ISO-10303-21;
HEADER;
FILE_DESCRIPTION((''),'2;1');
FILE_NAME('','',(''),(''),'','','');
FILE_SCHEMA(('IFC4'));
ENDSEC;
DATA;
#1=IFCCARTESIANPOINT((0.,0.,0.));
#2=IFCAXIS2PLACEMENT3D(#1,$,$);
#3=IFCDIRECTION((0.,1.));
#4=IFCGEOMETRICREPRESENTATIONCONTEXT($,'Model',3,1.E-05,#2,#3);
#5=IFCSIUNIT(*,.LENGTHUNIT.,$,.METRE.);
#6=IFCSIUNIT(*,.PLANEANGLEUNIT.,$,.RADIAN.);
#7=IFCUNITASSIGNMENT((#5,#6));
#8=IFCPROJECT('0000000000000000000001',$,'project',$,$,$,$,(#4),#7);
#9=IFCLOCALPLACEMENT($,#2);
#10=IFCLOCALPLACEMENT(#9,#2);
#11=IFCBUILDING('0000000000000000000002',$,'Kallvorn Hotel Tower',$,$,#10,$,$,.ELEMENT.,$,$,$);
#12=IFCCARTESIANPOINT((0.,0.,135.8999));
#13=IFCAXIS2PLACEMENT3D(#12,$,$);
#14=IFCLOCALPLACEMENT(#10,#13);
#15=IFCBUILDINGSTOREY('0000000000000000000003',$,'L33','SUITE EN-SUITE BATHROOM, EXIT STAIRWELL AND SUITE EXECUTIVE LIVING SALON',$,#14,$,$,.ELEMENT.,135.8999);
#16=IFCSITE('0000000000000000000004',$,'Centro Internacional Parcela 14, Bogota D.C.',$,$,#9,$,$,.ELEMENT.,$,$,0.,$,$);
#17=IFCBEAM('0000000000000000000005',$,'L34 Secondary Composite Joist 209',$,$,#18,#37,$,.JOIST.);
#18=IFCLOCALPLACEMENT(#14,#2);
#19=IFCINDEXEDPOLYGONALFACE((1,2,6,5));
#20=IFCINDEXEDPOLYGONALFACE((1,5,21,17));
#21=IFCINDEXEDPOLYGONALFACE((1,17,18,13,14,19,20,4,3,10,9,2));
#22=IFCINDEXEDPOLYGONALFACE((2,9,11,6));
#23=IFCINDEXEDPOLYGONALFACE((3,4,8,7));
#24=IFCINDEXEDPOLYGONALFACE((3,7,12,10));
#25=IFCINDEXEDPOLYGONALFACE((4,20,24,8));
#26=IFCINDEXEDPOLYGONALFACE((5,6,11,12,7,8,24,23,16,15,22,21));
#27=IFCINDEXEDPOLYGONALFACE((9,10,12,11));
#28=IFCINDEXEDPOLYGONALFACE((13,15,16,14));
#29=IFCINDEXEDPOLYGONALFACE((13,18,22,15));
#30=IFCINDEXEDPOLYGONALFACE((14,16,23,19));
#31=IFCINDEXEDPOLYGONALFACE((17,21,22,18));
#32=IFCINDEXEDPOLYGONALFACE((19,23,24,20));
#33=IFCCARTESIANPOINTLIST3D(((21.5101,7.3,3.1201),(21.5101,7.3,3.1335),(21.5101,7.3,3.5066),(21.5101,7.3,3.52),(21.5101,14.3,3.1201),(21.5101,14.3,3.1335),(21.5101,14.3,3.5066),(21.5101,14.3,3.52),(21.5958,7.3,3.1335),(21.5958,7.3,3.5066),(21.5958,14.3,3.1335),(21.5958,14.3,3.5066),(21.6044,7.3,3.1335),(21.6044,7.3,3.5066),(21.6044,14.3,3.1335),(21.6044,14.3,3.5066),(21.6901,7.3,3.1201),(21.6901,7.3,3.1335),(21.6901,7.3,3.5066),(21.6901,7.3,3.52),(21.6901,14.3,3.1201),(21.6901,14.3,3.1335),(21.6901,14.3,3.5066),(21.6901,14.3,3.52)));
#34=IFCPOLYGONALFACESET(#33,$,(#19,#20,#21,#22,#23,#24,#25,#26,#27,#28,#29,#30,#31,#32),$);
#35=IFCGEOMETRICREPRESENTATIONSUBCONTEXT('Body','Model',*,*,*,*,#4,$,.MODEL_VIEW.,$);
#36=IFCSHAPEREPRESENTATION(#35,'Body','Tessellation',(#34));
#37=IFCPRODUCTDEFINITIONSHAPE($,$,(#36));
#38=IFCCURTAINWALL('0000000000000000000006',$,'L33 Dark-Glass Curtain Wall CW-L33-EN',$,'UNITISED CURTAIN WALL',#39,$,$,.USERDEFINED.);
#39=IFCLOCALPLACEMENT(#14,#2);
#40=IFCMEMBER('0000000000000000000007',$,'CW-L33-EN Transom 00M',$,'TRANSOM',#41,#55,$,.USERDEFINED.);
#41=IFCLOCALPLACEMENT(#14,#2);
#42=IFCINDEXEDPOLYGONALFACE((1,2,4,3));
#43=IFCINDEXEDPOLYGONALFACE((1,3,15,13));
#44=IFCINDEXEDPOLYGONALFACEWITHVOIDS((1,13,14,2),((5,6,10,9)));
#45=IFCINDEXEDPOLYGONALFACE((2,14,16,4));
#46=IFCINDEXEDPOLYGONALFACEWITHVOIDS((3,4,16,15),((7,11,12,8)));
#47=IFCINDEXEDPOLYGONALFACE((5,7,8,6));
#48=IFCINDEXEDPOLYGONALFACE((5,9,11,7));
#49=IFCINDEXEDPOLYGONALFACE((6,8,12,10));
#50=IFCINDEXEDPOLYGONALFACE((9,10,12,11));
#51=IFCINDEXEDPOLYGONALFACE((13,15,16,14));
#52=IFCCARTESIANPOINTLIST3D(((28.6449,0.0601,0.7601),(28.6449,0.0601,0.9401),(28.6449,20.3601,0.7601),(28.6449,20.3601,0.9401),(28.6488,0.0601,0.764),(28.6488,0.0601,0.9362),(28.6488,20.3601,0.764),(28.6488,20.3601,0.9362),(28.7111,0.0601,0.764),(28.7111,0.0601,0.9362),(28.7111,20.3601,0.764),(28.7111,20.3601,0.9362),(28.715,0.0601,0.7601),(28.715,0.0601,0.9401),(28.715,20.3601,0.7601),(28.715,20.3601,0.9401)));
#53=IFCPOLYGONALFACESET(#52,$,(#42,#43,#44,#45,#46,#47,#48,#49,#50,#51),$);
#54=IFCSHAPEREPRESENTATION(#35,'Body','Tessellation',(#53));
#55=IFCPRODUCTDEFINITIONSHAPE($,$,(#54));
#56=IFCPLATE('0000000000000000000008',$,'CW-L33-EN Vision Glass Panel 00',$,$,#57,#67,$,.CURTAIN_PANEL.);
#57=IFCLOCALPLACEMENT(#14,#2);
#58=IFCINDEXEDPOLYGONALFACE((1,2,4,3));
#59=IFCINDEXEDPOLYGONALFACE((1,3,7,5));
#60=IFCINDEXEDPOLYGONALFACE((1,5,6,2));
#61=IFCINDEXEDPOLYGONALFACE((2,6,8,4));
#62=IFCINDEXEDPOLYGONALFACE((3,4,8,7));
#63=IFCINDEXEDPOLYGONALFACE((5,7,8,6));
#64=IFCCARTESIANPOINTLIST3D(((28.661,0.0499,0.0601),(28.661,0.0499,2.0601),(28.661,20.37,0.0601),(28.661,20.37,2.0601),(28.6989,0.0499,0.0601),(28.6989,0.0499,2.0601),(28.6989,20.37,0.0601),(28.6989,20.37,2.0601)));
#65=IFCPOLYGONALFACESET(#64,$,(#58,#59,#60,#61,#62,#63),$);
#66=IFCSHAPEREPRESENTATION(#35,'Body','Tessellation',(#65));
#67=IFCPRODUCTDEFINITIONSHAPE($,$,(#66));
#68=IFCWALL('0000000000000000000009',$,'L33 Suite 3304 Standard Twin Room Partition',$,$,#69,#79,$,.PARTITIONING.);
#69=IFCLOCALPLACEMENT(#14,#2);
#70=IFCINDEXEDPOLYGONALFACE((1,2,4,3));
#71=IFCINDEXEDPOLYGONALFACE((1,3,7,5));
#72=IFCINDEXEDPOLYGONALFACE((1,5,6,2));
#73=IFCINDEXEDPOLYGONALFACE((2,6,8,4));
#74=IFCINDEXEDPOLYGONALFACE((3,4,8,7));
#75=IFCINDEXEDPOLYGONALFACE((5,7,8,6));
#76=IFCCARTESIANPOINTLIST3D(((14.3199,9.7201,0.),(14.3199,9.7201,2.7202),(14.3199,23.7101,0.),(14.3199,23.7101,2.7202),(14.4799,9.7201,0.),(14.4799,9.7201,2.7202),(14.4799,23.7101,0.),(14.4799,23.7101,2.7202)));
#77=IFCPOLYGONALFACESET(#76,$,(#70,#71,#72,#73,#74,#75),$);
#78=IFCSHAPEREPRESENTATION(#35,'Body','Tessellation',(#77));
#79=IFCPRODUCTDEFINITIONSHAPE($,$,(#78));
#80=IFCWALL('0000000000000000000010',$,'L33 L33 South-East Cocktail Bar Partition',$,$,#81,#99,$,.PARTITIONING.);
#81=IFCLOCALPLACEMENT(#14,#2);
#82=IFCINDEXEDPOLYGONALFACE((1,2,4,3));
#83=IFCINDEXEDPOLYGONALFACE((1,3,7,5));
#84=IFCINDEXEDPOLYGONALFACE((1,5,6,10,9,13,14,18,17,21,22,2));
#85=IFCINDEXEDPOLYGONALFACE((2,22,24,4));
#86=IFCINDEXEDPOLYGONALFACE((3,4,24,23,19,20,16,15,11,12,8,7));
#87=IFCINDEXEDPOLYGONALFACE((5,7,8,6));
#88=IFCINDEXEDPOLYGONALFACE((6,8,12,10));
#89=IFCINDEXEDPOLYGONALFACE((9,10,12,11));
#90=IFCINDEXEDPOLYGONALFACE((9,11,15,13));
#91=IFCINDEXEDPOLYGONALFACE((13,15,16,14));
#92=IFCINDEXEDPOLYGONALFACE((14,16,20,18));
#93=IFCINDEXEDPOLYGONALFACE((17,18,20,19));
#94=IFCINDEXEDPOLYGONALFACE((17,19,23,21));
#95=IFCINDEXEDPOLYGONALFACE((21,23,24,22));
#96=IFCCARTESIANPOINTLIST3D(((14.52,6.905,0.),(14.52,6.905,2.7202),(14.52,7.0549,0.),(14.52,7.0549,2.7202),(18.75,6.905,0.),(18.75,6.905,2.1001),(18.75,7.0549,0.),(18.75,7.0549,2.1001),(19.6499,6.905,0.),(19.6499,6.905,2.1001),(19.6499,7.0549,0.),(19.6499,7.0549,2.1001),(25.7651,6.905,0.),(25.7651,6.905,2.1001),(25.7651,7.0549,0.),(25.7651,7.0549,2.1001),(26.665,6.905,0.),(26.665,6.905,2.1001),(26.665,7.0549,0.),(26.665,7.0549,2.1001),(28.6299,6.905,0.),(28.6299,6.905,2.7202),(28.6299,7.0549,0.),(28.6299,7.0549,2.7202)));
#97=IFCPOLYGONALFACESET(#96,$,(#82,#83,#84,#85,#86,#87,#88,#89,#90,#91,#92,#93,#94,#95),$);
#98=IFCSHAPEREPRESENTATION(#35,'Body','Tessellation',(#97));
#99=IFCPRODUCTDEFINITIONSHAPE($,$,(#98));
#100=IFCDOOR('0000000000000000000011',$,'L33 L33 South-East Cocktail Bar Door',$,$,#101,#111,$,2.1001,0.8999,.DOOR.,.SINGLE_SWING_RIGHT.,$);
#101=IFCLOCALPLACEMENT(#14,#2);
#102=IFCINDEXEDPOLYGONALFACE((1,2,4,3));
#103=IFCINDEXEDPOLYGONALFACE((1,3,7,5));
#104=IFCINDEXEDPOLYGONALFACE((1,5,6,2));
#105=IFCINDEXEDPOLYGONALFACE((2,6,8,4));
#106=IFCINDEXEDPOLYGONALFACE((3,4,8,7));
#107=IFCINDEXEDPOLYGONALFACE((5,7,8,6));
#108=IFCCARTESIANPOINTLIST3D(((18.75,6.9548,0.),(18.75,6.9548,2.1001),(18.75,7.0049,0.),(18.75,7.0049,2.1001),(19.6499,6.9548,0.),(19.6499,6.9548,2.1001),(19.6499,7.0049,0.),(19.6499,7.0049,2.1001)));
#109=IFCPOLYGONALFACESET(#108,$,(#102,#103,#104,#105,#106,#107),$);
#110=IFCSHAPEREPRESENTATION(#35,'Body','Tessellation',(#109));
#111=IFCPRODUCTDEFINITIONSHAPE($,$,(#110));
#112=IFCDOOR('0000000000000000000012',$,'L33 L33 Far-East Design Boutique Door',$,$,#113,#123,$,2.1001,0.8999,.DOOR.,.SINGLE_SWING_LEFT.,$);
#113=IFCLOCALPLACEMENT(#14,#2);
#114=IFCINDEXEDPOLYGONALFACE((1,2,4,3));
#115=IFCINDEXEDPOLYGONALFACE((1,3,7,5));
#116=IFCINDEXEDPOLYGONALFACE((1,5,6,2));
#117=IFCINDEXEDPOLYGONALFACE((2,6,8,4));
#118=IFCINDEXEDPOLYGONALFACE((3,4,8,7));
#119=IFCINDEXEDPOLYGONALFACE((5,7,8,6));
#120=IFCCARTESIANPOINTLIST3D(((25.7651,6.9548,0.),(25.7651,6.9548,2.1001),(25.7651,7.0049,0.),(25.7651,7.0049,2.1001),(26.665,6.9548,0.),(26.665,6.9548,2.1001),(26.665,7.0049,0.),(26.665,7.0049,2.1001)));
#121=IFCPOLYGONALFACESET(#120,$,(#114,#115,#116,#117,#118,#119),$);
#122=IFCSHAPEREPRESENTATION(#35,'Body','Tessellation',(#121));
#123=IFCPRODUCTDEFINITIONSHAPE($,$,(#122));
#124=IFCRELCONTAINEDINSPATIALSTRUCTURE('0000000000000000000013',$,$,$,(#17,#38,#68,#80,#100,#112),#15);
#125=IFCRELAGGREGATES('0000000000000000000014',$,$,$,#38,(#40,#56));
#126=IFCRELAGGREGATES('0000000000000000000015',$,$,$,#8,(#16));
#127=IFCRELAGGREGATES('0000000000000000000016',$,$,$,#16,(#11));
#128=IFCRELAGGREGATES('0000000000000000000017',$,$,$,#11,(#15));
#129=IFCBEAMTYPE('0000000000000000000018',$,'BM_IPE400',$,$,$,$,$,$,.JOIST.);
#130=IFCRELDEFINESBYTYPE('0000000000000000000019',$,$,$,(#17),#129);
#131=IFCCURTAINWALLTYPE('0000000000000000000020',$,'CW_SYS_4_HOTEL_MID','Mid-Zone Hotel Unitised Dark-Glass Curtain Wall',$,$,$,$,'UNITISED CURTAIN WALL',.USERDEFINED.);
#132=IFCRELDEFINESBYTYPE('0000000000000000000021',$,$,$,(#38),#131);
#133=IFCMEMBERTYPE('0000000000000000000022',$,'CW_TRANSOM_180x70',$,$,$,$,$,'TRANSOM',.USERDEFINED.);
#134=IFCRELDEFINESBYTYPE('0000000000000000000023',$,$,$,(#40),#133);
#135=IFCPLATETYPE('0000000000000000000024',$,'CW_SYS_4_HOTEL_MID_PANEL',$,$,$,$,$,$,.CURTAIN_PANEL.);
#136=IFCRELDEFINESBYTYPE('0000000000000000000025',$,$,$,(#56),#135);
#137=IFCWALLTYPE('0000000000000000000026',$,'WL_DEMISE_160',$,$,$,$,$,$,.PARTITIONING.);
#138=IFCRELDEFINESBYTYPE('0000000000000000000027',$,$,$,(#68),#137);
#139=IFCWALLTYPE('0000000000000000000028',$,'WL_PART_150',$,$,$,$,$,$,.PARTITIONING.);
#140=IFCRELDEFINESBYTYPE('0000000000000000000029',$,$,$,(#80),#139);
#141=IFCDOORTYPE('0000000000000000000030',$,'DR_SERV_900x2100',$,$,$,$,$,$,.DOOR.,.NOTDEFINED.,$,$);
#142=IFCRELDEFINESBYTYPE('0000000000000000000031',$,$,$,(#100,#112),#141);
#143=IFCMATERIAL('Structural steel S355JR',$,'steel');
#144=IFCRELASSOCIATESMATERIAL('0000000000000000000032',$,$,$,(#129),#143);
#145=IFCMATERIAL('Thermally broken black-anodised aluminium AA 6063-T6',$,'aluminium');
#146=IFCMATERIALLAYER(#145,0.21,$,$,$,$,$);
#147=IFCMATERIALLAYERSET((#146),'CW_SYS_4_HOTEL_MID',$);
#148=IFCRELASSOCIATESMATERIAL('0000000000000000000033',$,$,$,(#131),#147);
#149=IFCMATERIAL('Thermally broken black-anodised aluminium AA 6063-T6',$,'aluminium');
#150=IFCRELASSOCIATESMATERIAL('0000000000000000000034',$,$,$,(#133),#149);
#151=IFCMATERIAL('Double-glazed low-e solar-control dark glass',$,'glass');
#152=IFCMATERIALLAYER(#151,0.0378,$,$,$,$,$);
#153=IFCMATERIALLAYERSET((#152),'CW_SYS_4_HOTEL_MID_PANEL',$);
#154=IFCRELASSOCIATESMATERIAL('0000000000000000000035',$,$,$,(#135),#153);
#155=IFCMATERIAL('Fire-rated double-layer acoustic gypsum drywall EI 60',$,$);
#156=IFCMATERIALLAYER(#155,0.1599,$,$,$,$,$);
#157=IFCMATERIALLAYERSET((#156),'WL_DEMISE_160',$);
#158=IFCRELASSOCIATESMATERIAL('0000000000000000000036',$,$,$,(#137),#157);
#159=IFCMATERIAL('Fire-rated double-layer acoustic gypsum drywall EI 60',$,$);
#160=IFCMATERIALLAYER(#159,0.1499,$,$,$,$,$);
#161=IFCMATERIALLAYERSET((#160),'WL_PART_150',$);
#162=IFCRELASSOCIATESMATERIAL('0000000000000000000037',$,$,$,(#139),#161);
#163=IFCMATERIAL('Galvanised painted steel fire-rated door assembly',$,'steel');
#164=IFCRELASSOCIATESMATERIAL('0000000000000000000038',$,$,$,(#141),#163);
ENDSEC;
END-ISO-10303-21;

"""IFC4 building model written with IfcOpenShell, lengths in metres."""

from ifc_helpers import new_model, si_unit, direction, frame, frame_2d, origin, origin_2d, place, context, subcontext, project, spatial, rectangle, hollow_rectangle, i_section, extrude, material, layer, layer_set, material_profile, profile_set, type_object, element, fill, aggregate, save


model = new_model("IFC4")

# Units and contexts
model_context = context("Model", 3, precision=1e-05, world=origin(), true_north=direction((0.0, 1.0)))
body_context = subcontext(model_context, "Body", "Model", "MODEL_VIEW")
ifc_project = project(units=[si_unit("LENGTHUNIT", "METRE"), si_unit("PLANEANGLEUNIT", "RADIAN")], contexts=[model_context])

# Site, building, storey
site_placement = place(None, origin())
site = spatial("IfcSite", under=ifc_project, at=site_placement, Name="Centro Internacional Parcela 14, Bogota D.C.", CompositionType="ELEMENT", RefElevation=0.0)
building_placement = place(site_placement, origin())
building = spatial("IfcBuilding", under=site, at=building_placement, Name="Kallvorn Hotel Tower", CompositionType="ELEMENT")
storey_placement = place(building_placement, frame((0.0, 0.0, 135.8999)))
storey = spatial("IfcBuildingStorey", under=building, at=storey_placement, Name="L33", Description="SUITE EN-SUITE BATHROOM, EXIT STAIRWELL AND SUITE EXECUTIVE LIVING SALON", CompositionType="ELEMENT", Elevation=135.8999)

# Beam
ifc_material_1 = material(Name="Structural steel S355JR", Category="steel")
ifc_material_profile_1 = material_profile(ifc_material_1, i_section(OverallWidth=0.1799, OverallDepth=0.3999, WebThickness=0.0085, FlangeThickness=0.0134, at=origin_2d()), Name="IPE 400")
ifc_profile_set_1 = profile_set([ifc_material_profile_1], Name="Structural steel S355JR")
beam_type_1 = type_object("IfcBeamType", Name="BM_IPE400", PredefinedType="JOIST", material=ifc_profile_set_1)
for number, where, z_axis, x_axis, name in (
    (1, (21.6001, 7.3, 3.3201), (0.0, 1.0, 0.0), (-1.0, 0.0, 0.0), "L34 Secondary Composite Joist 209"),
):
    element("IfcBeam", number, at=place(storey_placement, frame(where, z_axis=z_axis, x_axis=x_axis)), inside=storey, type_object=beam_type_1, Name=name, PredefinedType="JOIST", context=body_context, shape_type="SweptSolid", body=[
        extrude(i_section(OverallWidth=0.1799, OverallDepth=0.3999, WebThickness=0.0085, FlangeThickness=0.0134, at=origin_2d()), origin(), (0.0, 0.0, 1.0), 7.0),
    ])

# Curtain wall, member, plate
ifc_material_2 = material(Name="Thermally broken black-anodised aluminium AA 6063-T6", Category="aluminium")
ifc_layer_1 = layer(ifc_material_2, 0.21)
ifc_layer_set_1 = layer_set([ifc_layer_1], Name="CW_SYS_4_HOTEL_MID")
curtain_wall_type = type_object("IfcCurtainWallType", Name="CW_SYS_4_HOTEL_MID", Description="Mid-Zone Hotel Unitised Dark-Glass Curtain Wall", ElementType="UNITISED CURTAIN WALL", PredefinedType="USERDEFINED", material=ifc_layer_set_1)
curtain_wall_placement = place(storey_placement, origin())
curtain_wall = element("IfcCurtainWall", 2, at=curtain_wall_placement, inside=storey, type_object=curtain_wall_type, Name="L33 Dark-Glass Curtain Wall CW-L33-EN", ObjectType="UNITISED CURTAIN WALL", PredefinedType="USERDEFINED")
ifc_material_3 = material(Name="Thermally broken black-anodised aluminium AA 6063-T6", Category="aluminium")
ifc_material_profile_2 = material_profile(ifc_material_3, hollow_rectangle(XDim=0.0701, YDim=0.1799, WallThickness=0.0039, at=origin_2d()), Name="TRN 180x70")
ifc_profile_set_2 = profile_set([ifc_material_profile_2], Name="Thermally broken black-anodised aluminium AA 6063-T6")
member_type = type_object("IfcMemberType", Name="CW_TRANSOM_180x70", ElementType="TRANSOM", PredefinedType="USERDEFINED", material=ifc_profile_set_2)
member_placement = place(storey_placement, frame((28.6799, 0.0601, 0.8501), z_axis=(0.0, 1.0, 0.0), x_axis=(-1.0, 0.0, 0.0)))
member = element("IfcMember", 3, at=member_placement, type_object=member_type, Name="CW-L33-EN Transom 00M", ObjectType="TRANSOM", PredefinedType="USERDEFINED", context=body_context, shape_type="SweptSolid", body=[
    extrude(hollow_rectangle(XDim=0.0701, YDim=0.1799, WallThickness=0.0039, at=origin_2d()), origin(), (0.0, 0.0, 1.0), 20.3),
])
ifc_material_4 = material(Name="Double-glazed low-e solar-control dark glass", Category="glass")
ifc_layer_2 = layer(ifc_material_4, 0.0378)
ifc_layer_set_2 = layer_set([ifc_layer_2], Name="CW_SYS_4_HOTEL_MID_PANEL")
plate_type = type_object("IfcPlateType", Name="CW_SYS_4_HOTEL_MID_PANEL", PredefinedType="CURTAIN_PANEL", material=ifc_layer_set_2)
plate_placement = place(storey_placement, frame((28.6799, 10.21, 0.0601), z_axis=(0.0, 0.0, 1.0), x_axis=(0.0, 1.0, 0.0)))
plate = element("IfcPlate", 4, at=plate_placement, type_object=plate_type, Name="CW-L33-EN Vision Glass Panel 00", PredefinedType="CURTAIN_PANEL", context=body_context, shape_type="SweptSolid", body=[
    extrude(rectangle(XDim=20.3201, YDim=0.0378, at=origin_2d()), origin(), (0.0, 0.0, 1.0), 2.0),
])
aggregate(curtain_wall, [member, plate])

# Wall
ifc_material_5 = material(Name="Fire-rated double-layer acoustic gypsum drywall EI 60")
ifc_layer_3 = layer(ifc_material_5, 0.1599)
ifc_layer_set_3 = layer_set([ifc_layer_3], Name="WL_DEMISE_160")
wall_type_1 = type_object("IfcWallType", Name="WL_DEMISE_160", PredefinedType="PARTITIONING", material=ifc_layer_set_3)
wall_1_placement = place(storey_placement, frame((14.3999, 9.72, 0.0), z_axis=(0.0, 0.0, 1.0), x_axis=(0.0, 1.0, 0.0)))
element("IfcWall", 5, at=wall_1_placement, inside=storey, type_object=wall_type_1, Name="L33 Suite 3304 Standard Twin Room Partition", PredefinedType="PARTITIONING", context=body_context, shape_type="SweptSolid", body=[
    extrude(rectangle(XDim=13.99, YDim=0.1599, at=frame_2d((6.9951, 0.0))), origin(), (0.0, 0.0, 1.0), 2.7202),
])

# Wall, openings, doors
ifc_material_6 = material(Name="Fire-rated double-layer acoustic gypsum drywall EI 60")
ifc_layer_4 = layer(ifc_material_6, 0.1499)
ifc_layer_set_4 = layer_set([ifc_layer_4], Name="WL_PART_150")
wall_type_2 = type_object("IfcWallType", Name="WL_PART_150", PredefinedType="PARTITIONING", material=ifc_layer_set_4)
wall_2_placement = place(storey_placement, frame((14.52, 6.98, 0.0), z_axis=(0.0, 0.0, 1.0), x_axis=(1.0, 0.0, 0.0)))
wall_2 = element("IfcWall", 6, at=wall_2_placement, inside=storey, type_object=wall_type_2, Name="L33 L33 South-East Cocktail Bar Partition", PredefinedType="PARTITIONING", context=body_context, shape_type="SweptSolid", body=[
    extrude(rectangle(XDim=14.1099, YDim=0.1499, at=frame_2d((7.0549, 0.0))), origin(), (0.0, 0.0, 1.0), 2.7202),
])
opening_1_placement = place(wall_2_placement, frame((4.23, 0.0, 0.0)))
opening_1 = element("IfcOpeningElement", 7, at=opening_1_placement, cuts=wall_2, PredefinedType="OPENING", context=body_context, shape_type="SweptSolid", body=[
    extrude(rectangle(XDim=0.8999, YDim=2.1001, at=frame_2d((0.45, 1.05))), frame((0.0, 0.0898, 0.0), z_axis=(0.0, -1.0, 0.0), x_axis=(1.0, 0.0, 0.0)), (0.0, 0.0, 1.0), 0.1799),
])
opening_2_placement = place(wall_2_placement, frame((11.2451, 0.0, 0.0)))
opening_2 = element("IfcOpeningElement", 8, at=opening_2_placement, cuts=wall_2, PredefinedType="OPENING", context=body_context, shape_type="SweptSolid", body=[
    extrude(rectangle(XDim=0.8999, YDim=2.1001, at=frame_2d((0.45, 1.05))), frame((0.0, 0.0898, 0.0), z_axis=(0.0, -1.0, 0.0), x_axis=(1.0, 0.0, 0.0)), (0.0, 0.0, 1.0), 0.1799),
])
ifc_material_7 = material(Name="Galvanised painted steel fire-rated door assembly", Category="steel")
door_type = type_object("IfcDoorType", Name="DR_SERV_900x2100", OperationType="NOTDEFINED", PredefinedType="DOOR", material=ifc_material_7)
door_1_placement = place(opening_1_placement, origin())
door_1 = element("IfcDoor", 9, at=door_1_placement, inside=storey, type_object=door_type, Name="L33 L33 South-East Cocktail Bar Door", OperationType="SINGLE_SWING_RIGHT", OverallHeight=2.1001, OverallWidth=0.8999, PredefinedType="DOOR", context=body_context, shape_type="SweptSolid", body=[
    extrude(rectangle(XDim=0.8999, YDim=2.1001, at=frame_2d((0.45, 1.05))), frame((0.0, 0.0249, 0.0), z_axis=(0.0, -1.0, 0.0), x_axis=(1.0, 0.0, 0.0)), (0.0, 0.0, 1.0), 0.05),
])
fill(opening_1, door_1)
door_2_placement = place(opening_2_placement, origin())
door_2 = element("IfcDoor", 10, at=door_2_placement, inside=storey, type_object=door_type, Name="L33 L33 Far-East Design Boutique Door", OperationType="SINGLE_SWING_LEFT", OverallHeight=2.1001, OverallWidth=0.8999, PredefinedType="DOOR", context=body_context, shape_type="SweptSolid", body=[
    extrude(rectangle(XDim=0.8999, YDim=2.1001, at=frame_2d((0.45, 1.05))), frame((0.0, 0.0249, 0.0), z_axis=(0.0, -1.0, 0.0), x_axis=(1.0, 0.0, 0.0)), (0.0, 0.0, 1.0), 0.05),
])
fill(opening_2, door_2)

save(model, "model.ifc")
